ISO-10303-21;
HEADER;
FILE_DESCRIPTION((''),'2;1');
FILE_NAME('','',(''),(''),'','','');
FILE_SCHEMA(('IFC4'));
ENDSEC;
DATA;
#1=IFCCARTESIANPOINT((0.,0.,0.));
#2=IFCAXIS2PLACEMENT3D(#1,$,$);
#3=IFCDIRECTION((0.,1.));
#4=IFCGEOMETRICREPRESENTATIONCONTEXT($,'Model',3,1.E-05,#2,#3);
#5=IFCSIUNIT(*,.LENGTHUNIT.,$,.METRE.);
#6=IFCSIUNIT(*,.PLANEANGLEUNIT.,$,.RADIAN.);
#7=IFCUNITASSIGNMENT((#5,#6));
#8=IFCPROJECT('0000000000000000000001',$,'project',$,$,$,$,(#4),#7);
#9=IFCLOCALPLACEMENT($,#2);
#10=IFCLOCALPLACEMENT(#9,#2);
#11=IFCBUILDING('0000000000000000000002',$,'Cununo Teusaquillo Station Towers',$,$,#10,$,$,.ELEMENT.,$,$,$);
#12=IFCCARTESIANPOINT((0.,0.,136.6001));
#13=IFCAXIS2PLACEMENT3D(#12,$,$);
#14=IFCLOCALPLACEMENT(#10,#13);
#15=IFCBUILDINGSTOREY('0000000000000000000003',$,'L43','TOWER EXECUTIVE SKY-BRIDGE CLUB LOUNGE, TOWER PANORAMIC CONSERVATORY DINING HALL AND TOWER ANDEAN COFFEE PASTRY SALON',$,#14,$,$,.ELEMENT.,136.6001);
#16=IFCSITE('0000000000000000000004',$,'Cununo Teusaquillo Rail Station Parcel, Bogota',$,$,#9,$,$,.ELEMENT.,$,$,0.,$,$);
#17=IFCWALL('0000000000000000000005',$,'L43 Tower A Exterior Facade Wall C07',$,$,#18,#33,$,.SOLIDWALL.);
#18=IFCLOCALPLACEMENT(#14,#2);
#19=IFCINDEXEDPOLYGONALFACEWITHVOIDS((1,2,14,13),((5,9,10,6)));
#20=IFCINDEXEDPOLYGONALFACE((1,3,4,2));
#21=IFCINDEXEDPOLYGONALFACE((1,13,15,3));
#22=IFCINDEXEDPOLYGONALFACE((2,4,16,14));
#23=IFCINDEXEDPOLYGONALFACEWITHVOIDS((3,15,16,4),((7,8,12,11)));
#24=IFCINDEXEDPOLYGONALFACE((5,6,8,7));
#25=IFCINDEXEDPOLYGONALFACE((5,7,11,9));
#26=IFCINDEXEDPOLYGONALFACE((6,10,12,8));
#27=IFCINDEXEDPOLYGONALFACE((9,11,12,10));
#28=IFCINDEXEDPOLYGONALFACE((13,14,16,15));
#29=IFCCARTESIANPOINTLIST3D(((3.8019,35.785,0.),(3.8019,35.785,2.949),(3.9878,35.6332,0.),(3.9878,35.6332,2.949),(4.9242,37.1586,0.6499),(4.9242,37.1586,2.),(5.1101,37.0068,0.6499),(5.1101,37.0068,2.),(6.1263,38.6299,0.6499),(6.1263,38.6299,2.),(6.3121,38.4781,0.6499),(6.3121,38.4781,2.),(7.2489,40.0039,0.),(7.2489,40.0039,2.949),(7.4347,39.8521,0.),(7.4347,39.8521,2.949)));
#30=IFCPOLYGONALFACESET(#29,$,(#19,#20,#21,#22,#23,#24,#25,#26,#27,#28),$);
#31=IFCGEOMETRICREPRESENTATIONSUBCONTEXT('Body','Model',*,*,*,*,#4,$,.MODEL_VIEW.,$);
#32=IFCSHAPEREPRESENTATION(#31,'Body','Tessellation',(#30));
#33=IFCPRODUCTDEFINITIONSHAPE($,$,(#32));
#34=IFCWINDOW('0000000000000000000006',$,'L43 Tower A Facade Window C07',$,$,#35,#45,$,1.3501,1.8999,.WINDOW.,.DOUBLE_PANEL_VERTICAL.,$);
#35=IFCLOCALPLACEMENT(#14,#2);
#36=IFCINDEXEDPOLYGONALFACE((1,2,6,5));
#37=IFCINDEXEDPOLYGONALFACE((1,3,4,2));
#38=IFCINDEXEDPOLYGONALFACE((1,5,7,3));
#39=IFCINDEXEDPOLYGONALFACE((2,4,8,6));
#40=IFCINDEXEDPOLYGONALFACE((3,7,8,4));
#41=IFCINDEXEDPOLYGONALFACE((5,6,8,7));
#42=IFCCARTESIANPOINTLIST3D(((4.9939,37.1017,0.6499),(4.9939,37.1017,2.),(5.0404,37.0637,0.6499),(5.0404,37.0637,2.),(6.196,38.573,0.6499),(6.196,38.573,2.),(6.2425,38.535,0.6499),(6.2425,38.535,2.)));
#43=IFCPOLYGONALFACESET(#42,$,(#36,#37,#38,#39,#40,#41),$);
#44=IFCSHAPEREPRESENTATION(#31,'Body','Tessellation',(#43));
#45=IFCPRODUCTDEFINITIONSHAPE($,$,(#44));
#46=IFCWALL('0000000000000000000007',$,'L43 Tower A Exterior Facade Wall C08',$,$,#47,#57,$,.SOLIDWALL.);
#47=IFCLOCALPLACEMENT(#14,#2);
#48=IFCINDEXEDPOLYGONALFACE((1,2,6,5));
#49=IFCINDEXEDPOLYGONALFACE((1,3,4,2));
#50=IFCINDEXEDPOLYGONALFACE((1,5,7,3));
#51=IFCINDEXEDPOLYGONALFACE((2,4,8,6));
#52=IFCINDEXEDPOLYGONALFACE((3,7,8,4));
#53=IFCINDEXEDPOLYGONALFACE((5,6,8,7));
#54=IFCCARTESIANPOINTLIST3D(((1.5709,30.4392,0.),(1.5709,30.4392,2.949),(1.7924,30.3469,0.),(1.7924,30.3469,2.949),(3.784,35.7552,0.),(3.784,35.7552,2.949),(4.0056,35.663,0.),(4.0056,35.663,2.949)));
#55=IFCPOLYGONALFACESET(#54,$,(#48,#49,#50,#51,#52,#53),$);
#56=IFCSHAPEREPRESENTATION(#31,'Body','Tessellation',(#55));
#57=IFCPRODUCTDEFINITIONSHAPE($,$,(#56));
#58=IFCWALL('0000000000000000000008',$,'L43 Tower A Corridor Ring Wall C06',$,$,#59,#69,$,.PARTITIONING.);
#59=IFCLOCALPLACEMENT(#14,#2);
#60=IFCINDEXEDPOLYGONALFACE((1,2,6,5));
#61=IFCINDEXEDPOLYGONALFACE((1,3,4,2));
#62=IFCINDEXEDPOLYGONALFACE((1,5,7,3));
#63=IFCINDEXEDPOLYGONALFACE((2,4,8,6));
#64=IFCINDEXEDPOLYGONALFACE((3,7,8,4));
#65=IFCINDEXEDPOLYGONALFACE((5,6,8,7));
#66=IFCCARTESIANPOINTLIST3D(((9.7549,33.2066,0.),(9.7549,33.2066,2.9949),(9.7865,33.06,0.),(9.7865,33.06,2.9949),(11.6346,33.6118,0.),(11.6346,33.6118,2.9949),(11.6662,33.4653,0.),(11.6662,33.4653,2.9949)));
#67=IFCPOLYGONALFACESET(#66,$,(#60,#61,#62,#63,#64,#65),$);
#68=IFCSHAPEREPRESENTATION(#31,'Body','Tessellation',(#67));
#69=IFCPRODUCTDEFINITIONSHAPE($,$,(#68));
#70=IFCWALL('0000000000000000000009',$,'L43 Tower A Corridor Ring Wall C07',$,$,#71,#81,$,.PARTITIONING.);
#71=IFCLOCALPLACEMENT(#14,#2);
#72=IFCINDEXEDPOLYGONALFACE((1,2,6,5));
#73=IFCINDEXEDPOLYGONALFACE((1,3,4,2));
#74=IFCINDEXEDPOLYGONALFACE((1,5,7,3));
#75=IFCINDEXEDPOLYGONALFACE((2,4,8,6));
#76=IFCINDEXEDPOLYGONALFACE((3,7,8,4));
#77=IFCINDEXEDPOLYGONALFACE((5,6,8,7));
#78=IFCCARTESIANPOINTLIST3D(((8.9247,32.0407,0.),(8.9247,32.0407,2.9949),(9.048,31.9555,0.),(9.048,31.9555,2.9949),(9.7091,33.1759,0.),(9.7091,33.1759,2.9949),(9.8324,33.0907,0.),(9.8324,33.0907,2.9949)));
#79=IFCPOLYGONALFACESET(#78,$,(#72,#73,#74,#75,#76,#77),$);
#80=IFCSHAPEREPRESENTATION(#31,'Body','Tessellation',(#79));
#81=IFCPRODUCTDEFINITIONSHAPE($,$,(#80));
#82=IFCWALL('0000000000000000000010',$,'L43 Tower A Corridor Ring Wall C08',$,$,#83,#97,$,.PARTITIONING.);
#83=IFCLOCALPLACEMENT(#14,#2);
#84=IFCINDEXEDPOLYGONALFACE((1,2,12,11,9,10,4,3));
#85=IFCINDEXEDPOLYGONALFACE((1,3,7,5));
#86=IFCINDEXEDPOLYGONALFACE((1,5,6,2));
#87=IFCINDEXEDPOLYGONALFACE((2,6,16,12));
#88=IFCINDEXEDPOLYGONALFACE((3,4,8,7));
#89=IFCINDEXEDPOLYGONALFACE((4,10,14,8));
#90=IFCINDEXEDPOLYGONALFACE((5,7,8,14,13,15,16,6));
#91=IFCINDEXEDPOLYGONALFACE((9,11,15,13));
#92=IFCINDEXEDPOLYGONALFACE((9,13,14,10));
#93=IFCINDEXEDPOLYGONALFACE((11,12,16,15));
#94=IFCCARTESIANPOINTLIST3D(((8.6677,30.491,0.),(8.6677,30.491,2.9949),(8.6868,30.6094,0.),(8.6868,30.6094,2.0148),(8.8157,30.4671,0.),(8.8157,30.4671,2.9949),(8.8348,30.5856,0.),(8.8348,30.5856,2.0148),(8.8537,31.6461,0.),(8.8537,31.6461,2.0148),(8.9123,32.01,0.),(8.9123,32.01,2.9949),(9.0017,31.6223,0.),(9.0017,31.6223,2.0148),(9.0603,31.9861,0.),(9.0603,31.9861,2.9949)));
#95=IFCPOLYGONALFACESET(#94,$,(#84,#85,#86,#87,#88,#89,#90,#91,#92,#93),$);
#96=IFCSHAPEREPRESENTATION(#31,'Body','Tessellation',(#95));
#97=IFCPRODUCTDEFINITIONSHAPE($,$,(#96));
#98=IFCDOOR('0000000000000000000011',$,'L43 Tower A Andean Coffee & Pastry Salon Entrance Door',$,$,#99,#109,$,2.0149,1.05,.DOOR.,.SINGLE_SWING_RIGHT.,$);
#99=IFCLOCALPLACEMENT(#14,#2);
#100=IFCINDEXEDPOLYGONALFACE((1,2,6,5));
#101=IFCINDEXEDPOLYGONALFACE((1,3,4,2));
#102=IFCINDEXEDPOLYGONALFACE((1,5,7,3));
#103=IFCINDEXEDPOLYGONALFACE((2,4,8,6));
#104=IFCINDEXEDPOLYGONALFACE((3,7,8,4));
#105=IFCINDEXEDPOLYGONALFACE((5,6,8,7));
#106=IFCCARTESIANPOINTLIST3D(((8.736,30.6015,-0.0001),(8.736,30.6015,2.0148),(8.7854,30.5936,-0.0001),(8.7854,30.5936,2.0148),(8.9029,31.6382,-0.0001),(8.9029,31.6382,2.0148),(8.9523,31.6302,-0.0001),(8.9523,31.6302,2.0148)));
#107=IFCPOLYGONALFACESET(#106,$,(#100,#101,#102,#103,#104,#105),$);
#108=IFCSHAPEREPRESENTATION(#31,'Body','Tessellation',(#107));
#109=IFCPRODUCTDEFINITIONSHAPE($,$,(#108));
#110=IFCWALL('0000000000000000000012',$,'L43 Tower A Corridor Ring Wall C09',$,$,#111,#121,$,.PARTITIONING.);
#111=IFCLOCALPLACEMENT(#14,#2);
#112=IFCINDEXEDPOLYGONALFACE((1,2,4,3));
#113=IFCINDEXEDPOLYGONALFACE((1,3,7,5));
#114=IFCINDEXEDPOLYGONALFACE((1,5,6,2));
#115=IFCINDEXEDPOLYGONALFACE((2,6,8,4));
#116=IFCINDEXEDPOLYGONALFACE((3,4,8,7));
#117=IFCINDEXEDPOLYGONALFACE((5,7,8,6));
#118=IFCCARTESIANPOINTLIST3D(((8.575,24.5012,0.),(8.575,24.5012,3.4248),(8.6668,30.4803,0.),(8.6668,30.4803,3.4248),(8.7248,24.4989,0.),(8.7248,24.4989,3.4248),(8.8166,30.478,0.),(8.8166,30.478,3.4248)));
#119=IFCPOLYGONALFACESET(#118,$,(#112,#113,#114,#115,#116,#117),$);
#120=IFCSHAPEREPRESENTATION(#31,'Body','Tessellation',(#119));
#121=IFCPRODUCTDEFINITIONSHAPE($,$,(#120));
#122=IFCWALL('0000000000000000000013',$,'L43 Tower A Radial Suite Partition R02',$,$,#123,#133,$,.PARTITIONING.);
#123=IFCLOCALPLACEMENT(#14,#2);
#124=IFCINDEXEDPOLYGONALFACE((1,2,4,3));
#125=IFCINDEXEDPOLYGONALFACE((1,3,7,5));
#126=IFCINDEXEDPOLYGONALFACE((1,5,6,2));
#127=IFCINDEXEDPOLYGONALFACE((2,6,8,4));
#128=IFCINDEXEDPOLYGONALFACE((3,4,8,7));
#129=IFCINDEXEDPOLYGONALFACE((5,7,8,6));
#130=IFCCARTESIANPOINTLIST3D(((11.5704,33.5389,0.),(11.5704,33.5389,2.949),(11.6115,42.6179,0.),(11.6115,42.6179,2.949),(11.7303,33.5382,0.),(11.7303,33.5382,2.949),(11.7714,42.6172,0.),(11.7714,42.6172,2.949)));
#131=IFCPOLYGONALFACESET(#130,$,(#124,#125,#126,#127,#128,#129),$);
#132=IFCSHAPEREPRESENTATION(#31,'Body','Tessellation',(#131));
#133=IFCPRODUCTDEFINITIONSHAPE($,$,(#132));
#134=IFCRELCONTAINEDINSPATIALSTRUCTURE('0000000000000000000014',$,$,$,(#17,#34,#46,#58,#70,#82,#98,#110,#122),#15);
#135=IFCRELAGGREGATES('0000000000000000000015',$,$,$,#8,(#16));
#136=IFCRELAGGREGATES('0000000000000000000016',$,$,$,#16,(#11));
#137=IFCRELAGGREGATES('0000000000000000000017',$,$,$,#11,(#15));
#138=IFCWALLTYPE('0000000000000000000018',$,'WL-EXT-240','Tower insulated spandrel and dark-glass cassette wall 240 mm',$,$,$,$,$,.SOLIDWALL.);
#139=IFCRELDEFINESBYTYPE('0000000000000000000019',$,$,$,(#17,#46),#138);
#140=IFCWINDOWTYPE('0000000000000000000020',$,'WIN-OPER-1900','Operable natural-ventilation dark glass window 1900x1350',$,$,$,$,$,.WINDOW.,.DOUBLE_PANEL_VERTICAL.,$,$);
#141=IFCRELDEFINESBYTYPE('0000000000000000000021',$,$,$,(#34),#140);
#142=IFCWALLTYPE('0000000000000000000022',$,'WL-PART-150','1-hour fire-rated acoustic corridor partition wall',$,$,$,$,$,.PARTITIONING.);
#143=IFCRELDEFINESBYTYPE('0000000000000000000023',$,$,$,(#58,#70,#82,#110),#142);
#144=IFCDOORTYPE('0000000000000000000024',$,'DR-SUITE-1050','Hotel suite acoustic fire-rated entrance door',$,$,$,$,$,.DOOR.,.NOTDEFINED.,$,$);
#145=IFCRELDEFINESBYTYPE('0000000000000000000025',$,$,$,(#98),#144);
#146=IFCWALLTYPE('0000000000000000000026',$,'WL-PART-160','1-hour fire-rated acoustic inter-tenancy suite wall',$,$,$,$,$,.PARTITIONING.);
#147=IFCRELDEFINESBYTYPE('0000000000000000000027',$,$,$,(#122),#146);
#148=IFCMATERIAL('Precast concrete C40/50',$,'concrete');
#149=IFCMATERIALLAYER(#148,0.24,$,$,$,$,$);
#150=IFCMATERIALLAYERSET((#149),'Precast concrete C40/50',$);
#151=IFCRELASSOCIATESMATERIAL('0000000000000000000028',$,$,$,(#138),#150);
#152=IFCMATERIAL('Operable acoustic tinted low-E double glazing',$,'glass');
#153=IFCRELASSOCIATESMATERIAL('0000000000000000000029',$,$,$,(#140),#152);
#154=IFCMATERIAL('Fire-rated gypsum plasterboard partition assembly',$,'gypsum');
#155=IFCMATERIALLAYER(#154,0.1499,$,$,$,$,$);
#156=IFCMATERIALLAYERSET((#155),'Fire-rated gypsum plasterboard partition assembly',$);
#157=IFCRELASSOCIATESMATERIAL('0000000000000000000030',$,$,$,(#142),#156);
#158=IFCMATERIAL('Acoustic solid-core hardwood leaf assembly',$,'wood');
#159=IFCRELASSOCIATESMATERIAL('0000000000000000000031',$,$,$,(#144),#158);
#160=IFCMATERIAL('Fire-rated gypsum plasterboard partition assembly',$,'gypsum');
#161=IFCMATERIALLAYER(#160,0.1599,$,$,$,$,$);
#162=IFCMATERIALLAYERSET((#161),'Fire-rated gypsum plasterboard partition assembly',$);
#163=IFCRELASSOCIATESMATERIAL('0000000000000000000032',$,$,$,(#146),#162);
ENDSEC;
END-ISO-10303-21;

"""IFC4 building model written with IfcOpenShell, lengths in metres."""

from ifc_helpers import new_model, si_unit, direction, frame, frame_2d, origin, place, context, subcontext, project, spatial, rectangle, extrude, source, transform, mapped, material, layer, layer_set, type_object, element, fill, save


model = new_model("IFC4")

# Units and contexts
model_context = context("Model", 3, precision=1e-05, world=origin(), true_north=direction((0.0, 1.0)))
body_context = subcontext(model_context, "Body", "Model", "MODEL_VIEW")
ifc_project = project(units=[si_unit("LENGTHUNIT", "METRE"), si_unit("PLANEANGLEUNIT", "RADIAN")], contexts=[model_context])

# Site, building, storey
site_placement = place(None, origin())
site = spatial("IfcSite", under=ifc_project, at=site_placement, Name="Cununo Teusaquillo Rail Station Parcel, Bogota", CompositionType="ELEMENT", RefElevation=0.0)
building_placement = place(site_placement, origin())
building = spatial("IfcBuilding", under=site, at=building_placement, Name="Cununo Teusaquillo Station Towers", CompositionType="ELEMENT")
storey_placement = place(building_placement, frame((0.0, 0.0, 136.6001)))
storey = spatial("IfcBuildingStorey", under=building, at=storey_placement, Name="L43", Description="TOWER EXECUTIVE SKY-BRIDGE CLUB LOUNGE, TOWER PANORAMIC CONSERVATORY DINING HALL AND TOWER ANDEAN COFFEE PASTRY SALON", CompositionType="ELEMENT", Elevation=136.6001)

# Shared definitions
ifc_material_1 = material(Name="Precast concrete C40/50", Category="concrete")
ifc_layer_1 = layer(ifc_material_1, 0.24)
ifc_layer_set_1 = layer_set([ifc_layer_1], Name="Precast concrete C40/50")
wall_type_1 = type_object("IfcWallType", Name="WL-EXT-240", Description="Tower insulated spandrel and dark-glass cassette wall 240 mm", PredefinedType="SOLIDWALL", material=ifc_layer_set_1)

# Wall, opening, window
wall_1_placement = place(storey_placement, frame((3.8948, 35.709, 0.0), z_axis=(0.0, 0.0, 1.0), x_axis=(0.632701, 0.774396, 0.0)))
wall_1 = element("IfcWall", 1, at=wall_1_placement, inside=storey, type_object=wall_type_1, Name="L43 Tower A Exterior Facade Wall C07", PredefinedType="SOLIDWALL", context=body_context, shape_type="SweptSolid", body=[
    extrude(rectangle(XDim=5.448, YDim=0.24, at=frame_2d((2.7241, 0.0))), origin(), (0.0, 0.0, 1.0), 2.949),
])
shared_shape_1 = source(origin(), body_context, "Body", "SweptSolid", [
    extrude(rectangle(XDim=1.8999, YDim=1.3501, at=frame_2d((0.95, 0.675))), frame((0.0, 0.1299, 0.0), z_axis=(0.0, -1.0, 0.0), x_axis=(1.0, 0.0, 0.0)), (0.0, 0.0, 1.0), 0.26),
])
opening_1_placement = place(wall_1_placement, frame((1.7739, 0.0, 0.6499)))
opening_1 = element("IfcOpeningElement", 2, at=opening_1_placement, cuts=wall_1, PredefinedType="OPENING", context=body_context, shape_type="MappedRepresentation", body=[
    mapped(shared_shape_1, transform((0.0, 0.0, 0.0), x_axis=(1.0, 0.0, 0.0), y_axis=(0.0, 1.0, 0.0), z_axis=(0.0, 0.0, 1.0), scale=1.0)),
])
ifc_material_2 = material(Name="Operable acoustic tinted low-E double glazing", Category="glass")
window_type = type_object("IfcWindowType", Name="WIN-OPER-1900", Description="Operable natural-ventilation dark glass window 1900x1350", PartitioningType="DOUBLE_PANEL_VERTICAL", PredefinedType="WINDOW", material=ifc_material_2)
shared_shape_2 = source(origin(), body_context, "Body", "SweptSolid", [
    extrude(rectangle(XDim=1.8999, YDim=1.3501, at=frame_2d((0.95, 0.675))), frame((0.0, 0.03, 0.0), z_axis=(0.0, -1.0, 0.0), x_axis=(1.0, 0.0, 0.0)), (0.0, 0.0, 1.0), 0.0601),
])
window_placement = place(opening_1_placement, origin())
window = element("IfcWindow", 3, at=window_placement, inside=storey, type_object=window_type, Name="L43 Tower A Facade Window C07", OverallHeight=1.3501, OverallWidth=1.8999, PartitioningType="DOUBLE_PANEL_VERTICAL", PredefinedType="WINDOW", context=body_context, shape_type="MappedRepresentation", body=[
    mapped(shared_shape_2, transform((0.0, 0.0, 0.0), x_axis=(1.0, 0.0, 0.0), y_axis=(0.0, 1.0, 0.0), z_axis=(0.0, 0.0, 1.0), scale=1.0)),
])
fill(opening_1, window)

# Walls
wall_2_placement = place(storey_placement, frame((1.6816, 30.3931, 0.0), z_axis=(0.0, 0.0, 1.0), x_axis=(0.384344, 0.92319, 0.0)))
element("IfcWall", 4, at=wall_2_placement, inside=storey, type_object=wall_type_1, Name="L43 Tower A Exterior Facade Wall C08", PredefinedType="SOLIDWALL", context=body_context, shape_type="SweptSolid", body=[
    extrude(rectangle(XDim=5.7583, YDim=0.24, at=frame_2d((2.8792, 0.0))), origin(), (0.0, 0.0, 1.0), 2.949),
])
ifc_material_3 = material(Name="Fire-rated gypsum plasterboard partition assembly", Category="gypsum")
ifc_layer_2 = layer(ifc_material_3, 0.1499)
ifc_layer_set_2 = layer_set([ifc_layer_2], Name="Fire-rated gypsum plasterboard partition assembly")
wall_type_2 = type_object("IfcWallType", Name="WL-PART-150", Description="1-hour fire-rated acoustic corridor partition wall", PredefinedType="PARTITIONING", material=ifc_layer_set_2)
wall_3_placement = place(storey_placement, frame((11.6504, 33.5386, 0.0), z_axis=(0.0, 0.0, 1.0), x_axis=(-0.977536, -0.210769, 0.0)))
element("IfcWall", 5, at=wall_3_placement, inside=storey, type_object=wall_type_2, Name="L43 Tower A Corridor Ring Wall C06", PredefinedType="PARTITIONING", context=body_context, shape_type="SweptSolid", body=[
    extrude(rectangle(XDim=1.9229, YDim=0.1499, at=frame_2d((0.9614, 0.0))), origin(), (0.0, 0.0, 1.0), 2.9949),
])
wall_4_placement = place(storey_placement, frame((9.7708, 33.1333, 0.0), z_axis=(0.0, 0.0, 1.0), x_axis=(-0.568465, -0.822708, 0.0)))
element("IfcWall", 6, at=wall_4_placement, inside=storey, type_object=wall_type_2, Name="L43 Tower A Corridor Ring Wall C07", PredefinedType="PARTITIONING", context=body_context, shape_type="SweptSolid", body=[
    extrude(rectangle(XDim=1.3799, YDim=0.1499, at=frame_2d((0.6899, 0.0))), origin(), (0.0, 0.0, 1.0), 2.9949),
])

# Wall, opening, door
wall_5_placement = place(storey_placement, frame((8.9863, 31.998, 0.0), z_axis=(0.0, 0.0, 1.0), x_axis=(-0.158993, -0.98728, 0.0)))
wall_5 = element("IfcWall", 7, at=wall_5_placement, inside=storey, type_object=wall_type_2, Name="L43 Tower A Corridor Ring Wall C08", PredefinedType="PARTITIONING", context=body_context, shape_type="SweptSolid", body=[
    extrude(rectangle(XDim=1.5386, YDim=0.1499, at=frame_2d((0.7693, 0.0))), origin(), (0.0, 0.0, 1.0), 2.9949),
])
shared_shape_3 = source(origin(), body_context, "Body", "SweptSolid", [
    extrude(rectangle(XDim=1.05, YDim=2.0149, at=frame_2d((0.5249, 1.0073))), frame((0.0, 0.085, 0.0), z_axis=(0.0, -1.0, 0.0), x_axis=(1.0, 0.0, 0.0)), (0.0, 0.0, 1.0), 0.1699),
])
opening_2_placement = place(wall_5_placement, frame((0.3687, 0.0, 0.0)))
opening_2 = element("IfcOpeningElement", 8, at=opening_2_placement, cuts=wall_5, PredefinedType="OPENING", context=body_context, shape_type="MappedRepresentation", body=[
    mapped(shared_shape_3, transform((0.0, 0.0, 0.0), x_axis=(1.0, 0.0, 0.0), y_axis=(0.0, 1.0, 0.0), z_axis=(0.0, 0.0, 1.0), scale=1.0)),
])
ifc_material_4 = material(Name="Acoustic solid-core hardwood leaf assembly", Category="wood")
door_type_1 = type_object("IfcDoorType", Name="DR-SUITE-1050", Description="Hotel suite acoustic fire-rated entrance door", OperationType="NOTDEFINED", PredefinedType="DOOR", material=ifc_material_4)
shared_shape_4 = source(origin(), body_context, "Body", "SweptSolid", [
    extrude(rectangle(XDim=1.05, YDim=2.0149, at=frame_2d((0.5249, 1.0073))), frame((0.0, 0.0249, 0.0), z_axis=(0.0, -1.0, 0.0), x_axis=(1.0, 0.0, 0.0)), (0.0, 0.0, 1.0), 0.05),
])
door_1_placement = place(opening_2_placement, origin())
door_1 = element("IfcDoor", 9, at=door_1_placement, inside=storey, type_object=door_type_1, Name="L43 Tower A Andean Coffee & Pastry Salon Entrance Door", OperationType="SINGLE_SWING_RIGHT", OverallHeight=2.0149, OverallWidth=1.05, PredefinedType="DOOR", context=body_context, shape_type="MappedRepresentation", body=[
    mapped(shared_shape_4, transform((0.0, 0.0, 0.0), x_axis=(1.0, 0.0, 0.0), y_axis=(0.0, 1.0, 0.0), z_axis=(0.0, 0.0, 1.0), scale=1.0)),
])
fill(opening_2, door_1)

# Walls
wall_6_placement = place(storey_placement, frame((8.7417, 30.479, 0.0), z_axis=(0.0, 0.0, 1.0), x_axis=(-0.015351, -0.999882, 0.0)))
element("IfcWall", 10, at=wall_6_placement, inside=storey, type_object=wall_type_2, Name="L43 Tower A Corridor Ring Wall C09", PredefinedType="PARTITIONING", context=body_context, shape_type="SweptSolid", body=[
    extrude(rectangle(XDim=5.9797, YDim=0.1499, at=frame_2d((2.9897, 0.0))), origin(), (0.0, 0.0, 1.0), 3.4248),
])
ifc_material_5 = material(Name="Fire-rated gypsum plasterboard partition assembly", Category="gypsum")
ifc_layer_3 = layer(ifc_material_5, 0.1599)
ifc_layer_set_3 = layer_set([ifc_layer_3], Name="Fire-rated gypsum plasterboard partition assembly")
wall_type_3 = type_object("IfcWallType", Name="WL-PART-160", Description="1-hour fire-rated acoustic inter-tenancy suite wall", PredefinedType="PARTITIONING", material=ifc_layer_set_3)
wall_7_placement = place(storey_placement, frame((11.6504, 33.5386, 0.0), z_axis=(0.0, 0.0, 1.0), x_axis=(0.004518, 0.99999, 0.0)))
element("IfcWall", 11, at=wall_7_placement, inside=storey, type_object=wall_type_3, Name="L43 Tower A Radial Suite Partition R02", PredefinedType="PARTITIONING", context=body_context, shape_type="SweptSolid", body=[
    extrude(rectangle(XDim=9.0791, YDim=0.1599, at=frame_2d((4.5396, 0.0))), origin(), (0.0, 0.0, 1.0), 2.949),
])

save(model, "model.ifc")
